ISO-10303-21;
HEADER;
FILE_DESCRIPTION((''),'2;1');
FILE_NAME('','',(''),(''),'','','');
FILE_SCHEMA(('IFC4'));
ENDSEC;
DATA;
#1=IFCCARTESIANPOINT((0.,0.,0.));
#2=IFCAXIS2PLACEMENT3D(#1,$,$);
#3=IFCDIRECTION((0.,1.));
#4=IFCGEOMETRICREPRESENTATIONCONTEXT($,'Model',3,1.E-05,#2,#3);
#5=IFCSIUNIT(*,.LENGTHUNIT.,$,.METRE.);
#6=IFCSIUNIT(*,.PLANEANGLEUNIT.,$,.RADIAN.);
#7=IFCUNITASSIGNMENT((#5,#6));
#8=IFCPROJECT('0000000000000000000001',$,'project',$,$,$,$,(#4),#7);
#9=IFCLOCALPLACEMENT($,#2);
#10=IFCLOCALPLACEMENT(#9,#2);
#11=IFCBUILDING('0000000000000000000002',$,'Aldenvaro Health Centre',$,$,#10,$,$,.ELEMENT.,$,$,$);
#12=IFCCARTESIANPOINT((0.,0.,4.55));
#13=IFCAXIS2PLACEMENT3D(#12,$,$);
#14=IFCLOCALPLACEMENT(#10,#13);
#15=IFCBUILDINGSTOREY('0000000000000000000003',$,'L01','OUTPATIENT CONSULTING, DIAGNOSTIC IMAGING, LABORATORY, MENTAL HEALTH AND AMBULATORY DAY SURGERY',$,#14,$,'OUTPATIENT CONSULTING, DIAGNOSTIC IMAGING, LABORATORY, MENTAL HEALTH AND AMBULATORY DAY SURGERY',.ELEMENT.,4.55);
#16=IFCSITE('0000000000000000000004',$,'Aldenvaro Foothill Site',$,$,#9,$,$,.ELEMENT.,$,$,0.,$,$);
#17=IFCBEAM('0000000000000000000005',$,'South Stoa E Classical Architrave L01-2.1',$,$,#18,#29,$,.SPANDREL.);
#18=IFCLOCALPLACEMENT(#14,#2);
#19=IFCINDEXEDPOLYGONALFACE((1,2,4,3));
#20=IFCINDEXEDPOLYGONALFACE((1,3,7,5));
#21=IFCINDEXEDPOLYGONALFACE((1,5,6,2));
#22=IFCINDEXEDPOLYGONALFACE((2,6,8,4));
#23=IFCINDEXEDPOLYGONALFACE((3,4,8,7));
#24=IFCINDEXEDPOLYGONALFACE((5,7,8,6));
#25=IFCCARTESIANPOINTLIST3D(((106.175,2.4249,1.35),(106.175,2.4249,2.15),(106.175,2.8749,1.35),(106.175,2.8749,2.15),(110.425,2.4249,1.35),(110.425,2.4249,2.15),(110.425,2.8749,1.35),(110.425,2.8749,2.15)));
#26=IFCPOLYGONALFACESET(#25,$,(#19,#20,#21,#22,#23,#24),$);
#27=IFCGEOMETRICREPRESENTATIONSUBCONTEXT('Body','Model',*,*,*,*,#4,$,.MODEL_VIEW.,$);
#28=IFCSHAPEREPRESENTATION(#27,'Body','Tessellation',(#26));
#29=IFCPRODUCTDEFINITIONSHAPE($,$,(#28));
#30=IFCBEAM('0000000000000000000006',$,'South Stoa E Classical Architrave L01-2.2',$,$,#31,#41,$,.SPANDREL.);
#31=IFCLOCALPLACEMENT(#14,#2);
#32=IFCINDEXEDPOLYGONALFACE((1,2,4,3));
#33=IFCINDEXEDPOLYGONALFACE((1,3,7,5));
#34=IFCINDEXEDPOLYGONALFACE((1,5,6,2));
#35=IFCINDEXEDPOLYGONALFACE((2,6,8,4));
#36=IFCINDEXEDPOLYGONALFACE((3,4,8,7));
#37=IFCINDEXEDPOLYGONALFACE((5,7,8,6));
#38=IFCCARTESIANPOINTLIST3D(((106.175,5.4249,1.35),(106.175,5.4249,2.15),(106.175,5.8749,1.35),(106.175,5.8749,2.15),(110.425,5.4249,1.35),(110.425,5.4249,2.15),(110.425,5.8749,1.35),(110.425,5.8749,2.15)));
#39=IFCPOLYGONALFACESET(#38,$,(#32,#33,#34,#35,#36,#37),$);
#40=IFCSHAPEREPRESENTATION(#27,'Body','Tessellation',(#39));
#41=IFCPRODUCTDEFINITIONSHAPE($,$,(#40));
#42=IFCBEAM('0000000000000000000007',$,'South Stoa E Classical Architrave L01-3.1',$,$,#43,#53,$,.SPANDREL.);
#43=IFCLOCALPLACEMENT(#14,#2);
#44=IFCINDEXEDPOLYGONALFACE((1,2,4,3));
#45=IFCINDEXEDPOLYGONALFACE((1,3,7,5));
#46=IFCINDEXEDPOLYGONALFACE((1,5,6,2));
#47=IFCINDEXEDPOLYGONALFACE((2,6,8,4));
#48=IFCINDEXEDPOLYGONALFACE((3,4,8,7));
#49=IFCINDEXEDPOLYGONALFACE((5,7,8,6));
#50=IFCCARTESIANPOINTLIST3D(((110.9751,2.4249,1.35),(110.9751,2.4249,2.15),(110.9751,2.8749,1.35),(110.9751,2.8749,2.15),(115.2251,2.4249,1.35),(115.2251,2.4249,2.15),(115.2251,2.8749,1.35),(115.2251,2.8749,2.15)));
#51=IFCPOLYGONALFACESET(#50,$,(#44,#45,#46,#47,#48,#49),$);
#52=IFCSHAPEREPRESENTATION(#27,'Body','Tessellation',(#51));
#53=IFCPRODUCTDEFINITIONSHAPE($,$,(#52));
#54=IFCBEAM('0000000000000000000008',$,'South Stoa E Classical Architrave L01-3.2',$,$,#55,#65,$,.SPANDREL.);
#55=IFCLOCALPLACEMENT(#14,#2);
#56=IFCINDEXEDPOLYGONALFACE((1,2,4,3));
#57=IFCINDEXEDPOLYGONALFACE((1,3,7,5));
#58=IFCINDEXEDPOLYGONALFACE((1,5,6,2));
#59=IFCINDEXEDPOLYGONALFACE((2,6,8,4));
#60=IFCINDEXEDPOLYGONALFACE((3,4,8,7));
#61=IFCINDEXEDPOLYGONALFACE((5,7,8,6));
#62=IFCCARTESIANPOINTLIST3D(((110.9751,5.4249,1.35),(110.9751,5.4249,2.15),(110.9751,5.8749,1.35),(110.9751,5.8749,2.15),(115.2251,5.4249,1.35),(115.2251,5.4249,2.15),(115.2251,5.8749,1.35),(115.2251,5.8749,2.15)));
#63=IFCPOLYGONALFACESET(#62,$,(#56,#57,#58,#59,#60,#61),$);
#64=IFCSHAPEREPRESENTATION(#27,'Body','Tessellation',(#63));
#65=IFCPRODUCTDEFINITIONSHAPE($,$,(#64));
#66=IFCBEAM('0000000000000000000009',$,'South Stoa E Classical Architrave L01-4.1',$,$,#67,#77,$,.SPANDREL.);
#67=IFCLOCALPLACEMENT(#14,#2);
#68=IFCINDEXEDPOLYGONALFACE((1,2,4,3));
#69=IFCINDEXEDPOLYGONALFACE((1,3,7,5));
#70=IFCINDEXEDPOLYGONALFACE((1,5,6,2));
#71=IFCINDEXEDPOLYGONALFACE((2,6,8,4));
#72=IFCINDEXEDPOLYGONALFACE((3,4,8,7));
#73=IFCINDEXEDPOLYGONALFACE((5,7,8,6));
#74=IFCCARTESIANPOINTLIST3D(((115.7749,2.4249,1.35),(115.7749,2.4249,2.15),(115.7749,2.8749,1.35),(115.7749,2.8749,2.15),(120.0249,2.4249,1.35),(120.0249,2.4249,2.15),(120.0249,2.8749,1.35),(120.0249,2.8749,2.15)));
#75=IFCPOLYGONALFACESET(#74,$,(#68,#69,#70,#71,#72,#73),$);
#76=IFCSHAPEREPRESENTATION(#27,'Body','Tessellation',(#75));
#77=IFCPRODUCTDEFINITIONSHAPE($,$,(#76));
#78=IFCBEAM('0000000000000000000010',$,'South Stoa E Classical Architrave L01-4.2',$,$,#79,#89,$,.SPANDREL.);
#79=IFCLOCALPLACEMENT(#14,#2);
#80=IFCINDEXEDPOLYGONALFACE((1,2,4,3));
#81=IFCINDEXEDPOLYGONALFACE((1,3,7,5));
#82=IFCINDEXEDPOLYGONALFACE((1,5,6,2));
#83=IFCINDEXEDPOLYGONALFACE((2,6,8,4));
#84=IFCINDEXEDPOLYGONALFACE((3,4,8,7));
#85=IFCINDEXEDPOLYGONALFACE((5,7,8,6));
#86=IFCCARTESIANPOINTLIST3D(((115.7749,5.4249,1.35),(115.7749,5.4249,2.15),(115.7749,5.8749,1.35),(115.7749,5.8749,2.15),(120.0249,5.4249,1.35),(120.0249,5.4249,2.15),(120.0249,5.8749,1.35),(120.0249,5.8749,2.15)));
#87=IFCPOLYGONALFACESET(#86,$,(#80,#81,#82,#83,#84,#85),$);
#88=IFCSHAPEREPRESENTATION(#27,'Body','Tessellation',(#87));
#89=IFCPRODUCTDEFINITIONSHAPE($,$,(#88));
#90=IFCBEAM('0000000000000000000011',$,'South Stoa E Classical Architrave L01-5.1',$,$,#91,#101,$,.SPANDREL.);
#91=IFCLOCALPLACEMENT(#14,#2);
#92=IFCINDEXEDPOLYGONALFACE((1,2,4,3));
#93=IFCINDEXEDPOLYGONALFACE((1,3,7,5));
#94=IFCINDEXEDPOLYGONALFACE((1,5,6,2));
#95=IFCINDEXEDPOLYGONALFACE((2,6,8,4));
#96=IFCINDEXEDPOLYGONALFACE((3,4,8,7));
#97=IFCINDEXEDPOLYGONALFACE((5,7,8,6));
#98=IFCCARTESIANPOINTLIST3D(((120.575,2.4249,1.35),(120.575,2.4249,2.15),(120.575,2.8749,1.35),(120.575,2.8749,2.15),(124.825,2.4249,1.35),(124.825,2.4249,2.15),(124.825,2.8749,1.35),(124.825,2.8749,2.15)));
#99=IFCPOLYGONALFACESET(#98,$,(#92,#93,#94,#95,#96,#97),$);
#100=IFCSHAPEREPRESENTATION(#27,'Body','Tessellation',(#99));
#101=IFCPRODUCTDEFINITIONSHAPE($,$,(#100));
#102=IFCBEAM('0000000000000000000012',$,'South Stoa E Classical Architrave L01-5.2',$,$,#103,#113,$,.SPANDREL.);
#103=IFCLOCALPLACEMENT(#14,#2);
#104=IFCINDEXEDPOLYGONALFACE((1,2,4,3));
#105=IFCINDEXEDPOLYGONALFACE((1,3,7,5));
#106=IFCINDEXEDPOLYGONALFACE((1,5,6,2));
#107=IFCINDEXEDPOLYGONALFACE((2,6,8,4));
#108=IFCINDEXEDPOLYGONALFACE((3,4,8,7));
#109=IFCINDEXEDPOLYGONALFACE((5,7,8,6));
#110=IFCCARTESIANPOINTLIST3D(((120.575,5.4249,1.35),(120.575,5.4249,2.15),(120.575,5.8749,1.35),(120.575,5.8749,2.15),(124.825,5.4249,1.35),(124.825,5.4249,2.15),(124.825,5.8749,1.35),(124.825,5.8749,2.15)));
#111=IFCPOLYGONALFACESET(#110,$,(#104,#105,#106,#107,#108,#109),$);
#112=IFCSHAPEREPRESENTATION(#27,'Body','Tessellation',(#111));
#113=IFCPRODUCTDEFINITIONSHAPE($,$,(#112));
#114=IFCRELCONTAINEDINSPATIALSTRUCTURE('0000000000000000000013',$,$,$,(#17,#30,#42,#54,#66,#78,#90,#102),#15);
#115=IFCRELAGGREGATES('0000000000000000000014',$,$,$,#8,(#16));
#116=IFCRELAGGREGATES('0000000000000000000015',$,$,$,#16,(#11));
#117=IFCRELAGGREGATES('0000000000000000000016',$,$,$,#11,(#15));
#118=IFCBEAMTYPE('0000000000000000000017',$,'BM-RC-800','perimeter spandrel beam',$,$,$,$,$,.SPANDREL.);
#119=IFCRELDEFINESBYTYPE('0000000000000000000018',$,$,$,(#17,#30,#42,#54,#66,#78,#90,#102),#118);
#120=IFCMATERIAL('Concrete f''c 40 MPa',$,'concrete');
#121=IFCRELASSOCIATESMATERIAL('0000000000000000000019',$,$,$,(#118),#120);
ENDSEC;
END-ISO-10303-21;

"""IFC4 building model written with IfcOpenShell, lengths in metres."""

from ifc_helpers import new_model, si_unit, direction, frame, origin, origin_2d, place, context, subcontext, project, spatial, rectangle, extrude, material, material_profile, profile_set, type_object, element, save


model = new_model("IFC4")

# Units and contexts
model_context = context("Model", 3, precision=1e-05, world=origin(), true_north=direction((0.0, 1.0)))
body_context = subcontext(model_context, "Body", "Model", "MODEL_VIEW")
ifc_project = project(units=[si_unit("LENGTHUNIT", "METRE"), si_unit("PLANEANGLEUNIT", "RADIAN")], contexts=[model_context])

# Site, building, storey
site_placement = place(None, origin())
site = spatial("IfcSite", under=ifc_project, at=site_placement, Name="Aldenvaro Foothill Site", CompositionType="ELEMENT", RefElevation=0.0)
building_placement = place(site_placement, origin())
building = spatial("IfcBuilding", under=site, at=building_placement, Name="Aldenvaro Health Centre", CompositionType="ELEMENT")
storey_placement = place(building_placement, frame((0.0, 0.0, 4.55)))
storey = spatial("IfcBuildingStorey", under=building, at=storey_placement, Name="L01", Description="OUTPATIENT CONSULTING, DIAGNOSTIC IMAGING, LABORATORY, MENTAL HEALTH AND AMBULATORY DAY SURGERY", LongName="OUTPATIENT CONSULTING, DIAGNOSTIC IMAGING, LABORATORY, MENTAL HEALTH AND AMBULATORY DAY SURGERY", CompositionType="ELEMENT", Elevation=4.55)

# Shared definitions
ifc_material = material(Name="Concrete f'c 40 MPa", Category="concrete")

# Beams
ifc_material_profile_1 = material_profile(ifc_material, rectangle(XDim=0.45, YDim=0.8, at=origin_2d()), Name="RC 450x800", Category="concrete")
ifc_profile_set_1 = profile_set([ifc_material_profile_1], Name="Concrete f'c 40 MPa")
beam_type_1 = type_object("IfcBeamType", Name="BM-RC-800", Description="perimeter spandrel beam", PredefinedType="SPANDREL", material=ifc_profile_set_1)
for number, where, z_axis, x_axis, name in (
    (1, (106.175, 2.6499, 1.75), (1.0, 0.0, 0.0), (0.0, 1.0, 0.0), "South Stoa E Classical Architrave L01-2.1"),
    (2, (106.175, 5.6499, 1.75), (1.0, 0.0, 0.0), (0.0, 1.0, 0.0), "South Stoa E Classical Architrave L01-2.2"),
    (3, (110.9751, 2.6499, 1.75), (1.0, 0.0, 0.0), (0.0, 1.0, 0.0), "South Stoa E Classical Architrave L01-3.1"),
    (4, (110.9751, 5.6499, 1.75), (1.0, 0.0, 0.0), (0.0, 1.0, 0.0), "South Stoa E Classical Architrave L01-3.2"),
    (5, (115.7749, 2.6499, 1.75), (1.0, 0.0, 0.0), (0.0, 1.0, 0.0), "South Stoa E Classical Architrave L01-4.1"),
    (6, (115.7749, 5.6499, 1.75), (1.0, 0.0, 0.0), (0.0, 1.0, 0.0), "South Stoa E Classical Architrave L01-4.2"),
    (7, (120.575, 2.6499, 1.75), (1.0, 0.0, 0.0), (0.0, 1.0, 0.0), "South Stoa E Classical Architrave L01-5.1"),
    (8, (120.575, 5.6499, 1.75), (1.0, 0.0, 0.0), (0.0, 1.0, 0.0), "South Stoa E Classical Architrave L01-5.2"),
):
    element("IfcBeam", number, at=place(storey_placement, frame(where, z_axis=z_axis, x_axis=x_axis)), inside=storey, type_object=beam_type_1, Name=name, PredefinedType="SPANDREL", context=body_context, shape_type="SweptSolid", body=[
        extrude(rectangle(XDim=0.45, YDim=0.8, at=origin_2d()), origin(), (0.0, 0.0, 1.0), 4.25),
    ])

save(model, "model.ifc")
